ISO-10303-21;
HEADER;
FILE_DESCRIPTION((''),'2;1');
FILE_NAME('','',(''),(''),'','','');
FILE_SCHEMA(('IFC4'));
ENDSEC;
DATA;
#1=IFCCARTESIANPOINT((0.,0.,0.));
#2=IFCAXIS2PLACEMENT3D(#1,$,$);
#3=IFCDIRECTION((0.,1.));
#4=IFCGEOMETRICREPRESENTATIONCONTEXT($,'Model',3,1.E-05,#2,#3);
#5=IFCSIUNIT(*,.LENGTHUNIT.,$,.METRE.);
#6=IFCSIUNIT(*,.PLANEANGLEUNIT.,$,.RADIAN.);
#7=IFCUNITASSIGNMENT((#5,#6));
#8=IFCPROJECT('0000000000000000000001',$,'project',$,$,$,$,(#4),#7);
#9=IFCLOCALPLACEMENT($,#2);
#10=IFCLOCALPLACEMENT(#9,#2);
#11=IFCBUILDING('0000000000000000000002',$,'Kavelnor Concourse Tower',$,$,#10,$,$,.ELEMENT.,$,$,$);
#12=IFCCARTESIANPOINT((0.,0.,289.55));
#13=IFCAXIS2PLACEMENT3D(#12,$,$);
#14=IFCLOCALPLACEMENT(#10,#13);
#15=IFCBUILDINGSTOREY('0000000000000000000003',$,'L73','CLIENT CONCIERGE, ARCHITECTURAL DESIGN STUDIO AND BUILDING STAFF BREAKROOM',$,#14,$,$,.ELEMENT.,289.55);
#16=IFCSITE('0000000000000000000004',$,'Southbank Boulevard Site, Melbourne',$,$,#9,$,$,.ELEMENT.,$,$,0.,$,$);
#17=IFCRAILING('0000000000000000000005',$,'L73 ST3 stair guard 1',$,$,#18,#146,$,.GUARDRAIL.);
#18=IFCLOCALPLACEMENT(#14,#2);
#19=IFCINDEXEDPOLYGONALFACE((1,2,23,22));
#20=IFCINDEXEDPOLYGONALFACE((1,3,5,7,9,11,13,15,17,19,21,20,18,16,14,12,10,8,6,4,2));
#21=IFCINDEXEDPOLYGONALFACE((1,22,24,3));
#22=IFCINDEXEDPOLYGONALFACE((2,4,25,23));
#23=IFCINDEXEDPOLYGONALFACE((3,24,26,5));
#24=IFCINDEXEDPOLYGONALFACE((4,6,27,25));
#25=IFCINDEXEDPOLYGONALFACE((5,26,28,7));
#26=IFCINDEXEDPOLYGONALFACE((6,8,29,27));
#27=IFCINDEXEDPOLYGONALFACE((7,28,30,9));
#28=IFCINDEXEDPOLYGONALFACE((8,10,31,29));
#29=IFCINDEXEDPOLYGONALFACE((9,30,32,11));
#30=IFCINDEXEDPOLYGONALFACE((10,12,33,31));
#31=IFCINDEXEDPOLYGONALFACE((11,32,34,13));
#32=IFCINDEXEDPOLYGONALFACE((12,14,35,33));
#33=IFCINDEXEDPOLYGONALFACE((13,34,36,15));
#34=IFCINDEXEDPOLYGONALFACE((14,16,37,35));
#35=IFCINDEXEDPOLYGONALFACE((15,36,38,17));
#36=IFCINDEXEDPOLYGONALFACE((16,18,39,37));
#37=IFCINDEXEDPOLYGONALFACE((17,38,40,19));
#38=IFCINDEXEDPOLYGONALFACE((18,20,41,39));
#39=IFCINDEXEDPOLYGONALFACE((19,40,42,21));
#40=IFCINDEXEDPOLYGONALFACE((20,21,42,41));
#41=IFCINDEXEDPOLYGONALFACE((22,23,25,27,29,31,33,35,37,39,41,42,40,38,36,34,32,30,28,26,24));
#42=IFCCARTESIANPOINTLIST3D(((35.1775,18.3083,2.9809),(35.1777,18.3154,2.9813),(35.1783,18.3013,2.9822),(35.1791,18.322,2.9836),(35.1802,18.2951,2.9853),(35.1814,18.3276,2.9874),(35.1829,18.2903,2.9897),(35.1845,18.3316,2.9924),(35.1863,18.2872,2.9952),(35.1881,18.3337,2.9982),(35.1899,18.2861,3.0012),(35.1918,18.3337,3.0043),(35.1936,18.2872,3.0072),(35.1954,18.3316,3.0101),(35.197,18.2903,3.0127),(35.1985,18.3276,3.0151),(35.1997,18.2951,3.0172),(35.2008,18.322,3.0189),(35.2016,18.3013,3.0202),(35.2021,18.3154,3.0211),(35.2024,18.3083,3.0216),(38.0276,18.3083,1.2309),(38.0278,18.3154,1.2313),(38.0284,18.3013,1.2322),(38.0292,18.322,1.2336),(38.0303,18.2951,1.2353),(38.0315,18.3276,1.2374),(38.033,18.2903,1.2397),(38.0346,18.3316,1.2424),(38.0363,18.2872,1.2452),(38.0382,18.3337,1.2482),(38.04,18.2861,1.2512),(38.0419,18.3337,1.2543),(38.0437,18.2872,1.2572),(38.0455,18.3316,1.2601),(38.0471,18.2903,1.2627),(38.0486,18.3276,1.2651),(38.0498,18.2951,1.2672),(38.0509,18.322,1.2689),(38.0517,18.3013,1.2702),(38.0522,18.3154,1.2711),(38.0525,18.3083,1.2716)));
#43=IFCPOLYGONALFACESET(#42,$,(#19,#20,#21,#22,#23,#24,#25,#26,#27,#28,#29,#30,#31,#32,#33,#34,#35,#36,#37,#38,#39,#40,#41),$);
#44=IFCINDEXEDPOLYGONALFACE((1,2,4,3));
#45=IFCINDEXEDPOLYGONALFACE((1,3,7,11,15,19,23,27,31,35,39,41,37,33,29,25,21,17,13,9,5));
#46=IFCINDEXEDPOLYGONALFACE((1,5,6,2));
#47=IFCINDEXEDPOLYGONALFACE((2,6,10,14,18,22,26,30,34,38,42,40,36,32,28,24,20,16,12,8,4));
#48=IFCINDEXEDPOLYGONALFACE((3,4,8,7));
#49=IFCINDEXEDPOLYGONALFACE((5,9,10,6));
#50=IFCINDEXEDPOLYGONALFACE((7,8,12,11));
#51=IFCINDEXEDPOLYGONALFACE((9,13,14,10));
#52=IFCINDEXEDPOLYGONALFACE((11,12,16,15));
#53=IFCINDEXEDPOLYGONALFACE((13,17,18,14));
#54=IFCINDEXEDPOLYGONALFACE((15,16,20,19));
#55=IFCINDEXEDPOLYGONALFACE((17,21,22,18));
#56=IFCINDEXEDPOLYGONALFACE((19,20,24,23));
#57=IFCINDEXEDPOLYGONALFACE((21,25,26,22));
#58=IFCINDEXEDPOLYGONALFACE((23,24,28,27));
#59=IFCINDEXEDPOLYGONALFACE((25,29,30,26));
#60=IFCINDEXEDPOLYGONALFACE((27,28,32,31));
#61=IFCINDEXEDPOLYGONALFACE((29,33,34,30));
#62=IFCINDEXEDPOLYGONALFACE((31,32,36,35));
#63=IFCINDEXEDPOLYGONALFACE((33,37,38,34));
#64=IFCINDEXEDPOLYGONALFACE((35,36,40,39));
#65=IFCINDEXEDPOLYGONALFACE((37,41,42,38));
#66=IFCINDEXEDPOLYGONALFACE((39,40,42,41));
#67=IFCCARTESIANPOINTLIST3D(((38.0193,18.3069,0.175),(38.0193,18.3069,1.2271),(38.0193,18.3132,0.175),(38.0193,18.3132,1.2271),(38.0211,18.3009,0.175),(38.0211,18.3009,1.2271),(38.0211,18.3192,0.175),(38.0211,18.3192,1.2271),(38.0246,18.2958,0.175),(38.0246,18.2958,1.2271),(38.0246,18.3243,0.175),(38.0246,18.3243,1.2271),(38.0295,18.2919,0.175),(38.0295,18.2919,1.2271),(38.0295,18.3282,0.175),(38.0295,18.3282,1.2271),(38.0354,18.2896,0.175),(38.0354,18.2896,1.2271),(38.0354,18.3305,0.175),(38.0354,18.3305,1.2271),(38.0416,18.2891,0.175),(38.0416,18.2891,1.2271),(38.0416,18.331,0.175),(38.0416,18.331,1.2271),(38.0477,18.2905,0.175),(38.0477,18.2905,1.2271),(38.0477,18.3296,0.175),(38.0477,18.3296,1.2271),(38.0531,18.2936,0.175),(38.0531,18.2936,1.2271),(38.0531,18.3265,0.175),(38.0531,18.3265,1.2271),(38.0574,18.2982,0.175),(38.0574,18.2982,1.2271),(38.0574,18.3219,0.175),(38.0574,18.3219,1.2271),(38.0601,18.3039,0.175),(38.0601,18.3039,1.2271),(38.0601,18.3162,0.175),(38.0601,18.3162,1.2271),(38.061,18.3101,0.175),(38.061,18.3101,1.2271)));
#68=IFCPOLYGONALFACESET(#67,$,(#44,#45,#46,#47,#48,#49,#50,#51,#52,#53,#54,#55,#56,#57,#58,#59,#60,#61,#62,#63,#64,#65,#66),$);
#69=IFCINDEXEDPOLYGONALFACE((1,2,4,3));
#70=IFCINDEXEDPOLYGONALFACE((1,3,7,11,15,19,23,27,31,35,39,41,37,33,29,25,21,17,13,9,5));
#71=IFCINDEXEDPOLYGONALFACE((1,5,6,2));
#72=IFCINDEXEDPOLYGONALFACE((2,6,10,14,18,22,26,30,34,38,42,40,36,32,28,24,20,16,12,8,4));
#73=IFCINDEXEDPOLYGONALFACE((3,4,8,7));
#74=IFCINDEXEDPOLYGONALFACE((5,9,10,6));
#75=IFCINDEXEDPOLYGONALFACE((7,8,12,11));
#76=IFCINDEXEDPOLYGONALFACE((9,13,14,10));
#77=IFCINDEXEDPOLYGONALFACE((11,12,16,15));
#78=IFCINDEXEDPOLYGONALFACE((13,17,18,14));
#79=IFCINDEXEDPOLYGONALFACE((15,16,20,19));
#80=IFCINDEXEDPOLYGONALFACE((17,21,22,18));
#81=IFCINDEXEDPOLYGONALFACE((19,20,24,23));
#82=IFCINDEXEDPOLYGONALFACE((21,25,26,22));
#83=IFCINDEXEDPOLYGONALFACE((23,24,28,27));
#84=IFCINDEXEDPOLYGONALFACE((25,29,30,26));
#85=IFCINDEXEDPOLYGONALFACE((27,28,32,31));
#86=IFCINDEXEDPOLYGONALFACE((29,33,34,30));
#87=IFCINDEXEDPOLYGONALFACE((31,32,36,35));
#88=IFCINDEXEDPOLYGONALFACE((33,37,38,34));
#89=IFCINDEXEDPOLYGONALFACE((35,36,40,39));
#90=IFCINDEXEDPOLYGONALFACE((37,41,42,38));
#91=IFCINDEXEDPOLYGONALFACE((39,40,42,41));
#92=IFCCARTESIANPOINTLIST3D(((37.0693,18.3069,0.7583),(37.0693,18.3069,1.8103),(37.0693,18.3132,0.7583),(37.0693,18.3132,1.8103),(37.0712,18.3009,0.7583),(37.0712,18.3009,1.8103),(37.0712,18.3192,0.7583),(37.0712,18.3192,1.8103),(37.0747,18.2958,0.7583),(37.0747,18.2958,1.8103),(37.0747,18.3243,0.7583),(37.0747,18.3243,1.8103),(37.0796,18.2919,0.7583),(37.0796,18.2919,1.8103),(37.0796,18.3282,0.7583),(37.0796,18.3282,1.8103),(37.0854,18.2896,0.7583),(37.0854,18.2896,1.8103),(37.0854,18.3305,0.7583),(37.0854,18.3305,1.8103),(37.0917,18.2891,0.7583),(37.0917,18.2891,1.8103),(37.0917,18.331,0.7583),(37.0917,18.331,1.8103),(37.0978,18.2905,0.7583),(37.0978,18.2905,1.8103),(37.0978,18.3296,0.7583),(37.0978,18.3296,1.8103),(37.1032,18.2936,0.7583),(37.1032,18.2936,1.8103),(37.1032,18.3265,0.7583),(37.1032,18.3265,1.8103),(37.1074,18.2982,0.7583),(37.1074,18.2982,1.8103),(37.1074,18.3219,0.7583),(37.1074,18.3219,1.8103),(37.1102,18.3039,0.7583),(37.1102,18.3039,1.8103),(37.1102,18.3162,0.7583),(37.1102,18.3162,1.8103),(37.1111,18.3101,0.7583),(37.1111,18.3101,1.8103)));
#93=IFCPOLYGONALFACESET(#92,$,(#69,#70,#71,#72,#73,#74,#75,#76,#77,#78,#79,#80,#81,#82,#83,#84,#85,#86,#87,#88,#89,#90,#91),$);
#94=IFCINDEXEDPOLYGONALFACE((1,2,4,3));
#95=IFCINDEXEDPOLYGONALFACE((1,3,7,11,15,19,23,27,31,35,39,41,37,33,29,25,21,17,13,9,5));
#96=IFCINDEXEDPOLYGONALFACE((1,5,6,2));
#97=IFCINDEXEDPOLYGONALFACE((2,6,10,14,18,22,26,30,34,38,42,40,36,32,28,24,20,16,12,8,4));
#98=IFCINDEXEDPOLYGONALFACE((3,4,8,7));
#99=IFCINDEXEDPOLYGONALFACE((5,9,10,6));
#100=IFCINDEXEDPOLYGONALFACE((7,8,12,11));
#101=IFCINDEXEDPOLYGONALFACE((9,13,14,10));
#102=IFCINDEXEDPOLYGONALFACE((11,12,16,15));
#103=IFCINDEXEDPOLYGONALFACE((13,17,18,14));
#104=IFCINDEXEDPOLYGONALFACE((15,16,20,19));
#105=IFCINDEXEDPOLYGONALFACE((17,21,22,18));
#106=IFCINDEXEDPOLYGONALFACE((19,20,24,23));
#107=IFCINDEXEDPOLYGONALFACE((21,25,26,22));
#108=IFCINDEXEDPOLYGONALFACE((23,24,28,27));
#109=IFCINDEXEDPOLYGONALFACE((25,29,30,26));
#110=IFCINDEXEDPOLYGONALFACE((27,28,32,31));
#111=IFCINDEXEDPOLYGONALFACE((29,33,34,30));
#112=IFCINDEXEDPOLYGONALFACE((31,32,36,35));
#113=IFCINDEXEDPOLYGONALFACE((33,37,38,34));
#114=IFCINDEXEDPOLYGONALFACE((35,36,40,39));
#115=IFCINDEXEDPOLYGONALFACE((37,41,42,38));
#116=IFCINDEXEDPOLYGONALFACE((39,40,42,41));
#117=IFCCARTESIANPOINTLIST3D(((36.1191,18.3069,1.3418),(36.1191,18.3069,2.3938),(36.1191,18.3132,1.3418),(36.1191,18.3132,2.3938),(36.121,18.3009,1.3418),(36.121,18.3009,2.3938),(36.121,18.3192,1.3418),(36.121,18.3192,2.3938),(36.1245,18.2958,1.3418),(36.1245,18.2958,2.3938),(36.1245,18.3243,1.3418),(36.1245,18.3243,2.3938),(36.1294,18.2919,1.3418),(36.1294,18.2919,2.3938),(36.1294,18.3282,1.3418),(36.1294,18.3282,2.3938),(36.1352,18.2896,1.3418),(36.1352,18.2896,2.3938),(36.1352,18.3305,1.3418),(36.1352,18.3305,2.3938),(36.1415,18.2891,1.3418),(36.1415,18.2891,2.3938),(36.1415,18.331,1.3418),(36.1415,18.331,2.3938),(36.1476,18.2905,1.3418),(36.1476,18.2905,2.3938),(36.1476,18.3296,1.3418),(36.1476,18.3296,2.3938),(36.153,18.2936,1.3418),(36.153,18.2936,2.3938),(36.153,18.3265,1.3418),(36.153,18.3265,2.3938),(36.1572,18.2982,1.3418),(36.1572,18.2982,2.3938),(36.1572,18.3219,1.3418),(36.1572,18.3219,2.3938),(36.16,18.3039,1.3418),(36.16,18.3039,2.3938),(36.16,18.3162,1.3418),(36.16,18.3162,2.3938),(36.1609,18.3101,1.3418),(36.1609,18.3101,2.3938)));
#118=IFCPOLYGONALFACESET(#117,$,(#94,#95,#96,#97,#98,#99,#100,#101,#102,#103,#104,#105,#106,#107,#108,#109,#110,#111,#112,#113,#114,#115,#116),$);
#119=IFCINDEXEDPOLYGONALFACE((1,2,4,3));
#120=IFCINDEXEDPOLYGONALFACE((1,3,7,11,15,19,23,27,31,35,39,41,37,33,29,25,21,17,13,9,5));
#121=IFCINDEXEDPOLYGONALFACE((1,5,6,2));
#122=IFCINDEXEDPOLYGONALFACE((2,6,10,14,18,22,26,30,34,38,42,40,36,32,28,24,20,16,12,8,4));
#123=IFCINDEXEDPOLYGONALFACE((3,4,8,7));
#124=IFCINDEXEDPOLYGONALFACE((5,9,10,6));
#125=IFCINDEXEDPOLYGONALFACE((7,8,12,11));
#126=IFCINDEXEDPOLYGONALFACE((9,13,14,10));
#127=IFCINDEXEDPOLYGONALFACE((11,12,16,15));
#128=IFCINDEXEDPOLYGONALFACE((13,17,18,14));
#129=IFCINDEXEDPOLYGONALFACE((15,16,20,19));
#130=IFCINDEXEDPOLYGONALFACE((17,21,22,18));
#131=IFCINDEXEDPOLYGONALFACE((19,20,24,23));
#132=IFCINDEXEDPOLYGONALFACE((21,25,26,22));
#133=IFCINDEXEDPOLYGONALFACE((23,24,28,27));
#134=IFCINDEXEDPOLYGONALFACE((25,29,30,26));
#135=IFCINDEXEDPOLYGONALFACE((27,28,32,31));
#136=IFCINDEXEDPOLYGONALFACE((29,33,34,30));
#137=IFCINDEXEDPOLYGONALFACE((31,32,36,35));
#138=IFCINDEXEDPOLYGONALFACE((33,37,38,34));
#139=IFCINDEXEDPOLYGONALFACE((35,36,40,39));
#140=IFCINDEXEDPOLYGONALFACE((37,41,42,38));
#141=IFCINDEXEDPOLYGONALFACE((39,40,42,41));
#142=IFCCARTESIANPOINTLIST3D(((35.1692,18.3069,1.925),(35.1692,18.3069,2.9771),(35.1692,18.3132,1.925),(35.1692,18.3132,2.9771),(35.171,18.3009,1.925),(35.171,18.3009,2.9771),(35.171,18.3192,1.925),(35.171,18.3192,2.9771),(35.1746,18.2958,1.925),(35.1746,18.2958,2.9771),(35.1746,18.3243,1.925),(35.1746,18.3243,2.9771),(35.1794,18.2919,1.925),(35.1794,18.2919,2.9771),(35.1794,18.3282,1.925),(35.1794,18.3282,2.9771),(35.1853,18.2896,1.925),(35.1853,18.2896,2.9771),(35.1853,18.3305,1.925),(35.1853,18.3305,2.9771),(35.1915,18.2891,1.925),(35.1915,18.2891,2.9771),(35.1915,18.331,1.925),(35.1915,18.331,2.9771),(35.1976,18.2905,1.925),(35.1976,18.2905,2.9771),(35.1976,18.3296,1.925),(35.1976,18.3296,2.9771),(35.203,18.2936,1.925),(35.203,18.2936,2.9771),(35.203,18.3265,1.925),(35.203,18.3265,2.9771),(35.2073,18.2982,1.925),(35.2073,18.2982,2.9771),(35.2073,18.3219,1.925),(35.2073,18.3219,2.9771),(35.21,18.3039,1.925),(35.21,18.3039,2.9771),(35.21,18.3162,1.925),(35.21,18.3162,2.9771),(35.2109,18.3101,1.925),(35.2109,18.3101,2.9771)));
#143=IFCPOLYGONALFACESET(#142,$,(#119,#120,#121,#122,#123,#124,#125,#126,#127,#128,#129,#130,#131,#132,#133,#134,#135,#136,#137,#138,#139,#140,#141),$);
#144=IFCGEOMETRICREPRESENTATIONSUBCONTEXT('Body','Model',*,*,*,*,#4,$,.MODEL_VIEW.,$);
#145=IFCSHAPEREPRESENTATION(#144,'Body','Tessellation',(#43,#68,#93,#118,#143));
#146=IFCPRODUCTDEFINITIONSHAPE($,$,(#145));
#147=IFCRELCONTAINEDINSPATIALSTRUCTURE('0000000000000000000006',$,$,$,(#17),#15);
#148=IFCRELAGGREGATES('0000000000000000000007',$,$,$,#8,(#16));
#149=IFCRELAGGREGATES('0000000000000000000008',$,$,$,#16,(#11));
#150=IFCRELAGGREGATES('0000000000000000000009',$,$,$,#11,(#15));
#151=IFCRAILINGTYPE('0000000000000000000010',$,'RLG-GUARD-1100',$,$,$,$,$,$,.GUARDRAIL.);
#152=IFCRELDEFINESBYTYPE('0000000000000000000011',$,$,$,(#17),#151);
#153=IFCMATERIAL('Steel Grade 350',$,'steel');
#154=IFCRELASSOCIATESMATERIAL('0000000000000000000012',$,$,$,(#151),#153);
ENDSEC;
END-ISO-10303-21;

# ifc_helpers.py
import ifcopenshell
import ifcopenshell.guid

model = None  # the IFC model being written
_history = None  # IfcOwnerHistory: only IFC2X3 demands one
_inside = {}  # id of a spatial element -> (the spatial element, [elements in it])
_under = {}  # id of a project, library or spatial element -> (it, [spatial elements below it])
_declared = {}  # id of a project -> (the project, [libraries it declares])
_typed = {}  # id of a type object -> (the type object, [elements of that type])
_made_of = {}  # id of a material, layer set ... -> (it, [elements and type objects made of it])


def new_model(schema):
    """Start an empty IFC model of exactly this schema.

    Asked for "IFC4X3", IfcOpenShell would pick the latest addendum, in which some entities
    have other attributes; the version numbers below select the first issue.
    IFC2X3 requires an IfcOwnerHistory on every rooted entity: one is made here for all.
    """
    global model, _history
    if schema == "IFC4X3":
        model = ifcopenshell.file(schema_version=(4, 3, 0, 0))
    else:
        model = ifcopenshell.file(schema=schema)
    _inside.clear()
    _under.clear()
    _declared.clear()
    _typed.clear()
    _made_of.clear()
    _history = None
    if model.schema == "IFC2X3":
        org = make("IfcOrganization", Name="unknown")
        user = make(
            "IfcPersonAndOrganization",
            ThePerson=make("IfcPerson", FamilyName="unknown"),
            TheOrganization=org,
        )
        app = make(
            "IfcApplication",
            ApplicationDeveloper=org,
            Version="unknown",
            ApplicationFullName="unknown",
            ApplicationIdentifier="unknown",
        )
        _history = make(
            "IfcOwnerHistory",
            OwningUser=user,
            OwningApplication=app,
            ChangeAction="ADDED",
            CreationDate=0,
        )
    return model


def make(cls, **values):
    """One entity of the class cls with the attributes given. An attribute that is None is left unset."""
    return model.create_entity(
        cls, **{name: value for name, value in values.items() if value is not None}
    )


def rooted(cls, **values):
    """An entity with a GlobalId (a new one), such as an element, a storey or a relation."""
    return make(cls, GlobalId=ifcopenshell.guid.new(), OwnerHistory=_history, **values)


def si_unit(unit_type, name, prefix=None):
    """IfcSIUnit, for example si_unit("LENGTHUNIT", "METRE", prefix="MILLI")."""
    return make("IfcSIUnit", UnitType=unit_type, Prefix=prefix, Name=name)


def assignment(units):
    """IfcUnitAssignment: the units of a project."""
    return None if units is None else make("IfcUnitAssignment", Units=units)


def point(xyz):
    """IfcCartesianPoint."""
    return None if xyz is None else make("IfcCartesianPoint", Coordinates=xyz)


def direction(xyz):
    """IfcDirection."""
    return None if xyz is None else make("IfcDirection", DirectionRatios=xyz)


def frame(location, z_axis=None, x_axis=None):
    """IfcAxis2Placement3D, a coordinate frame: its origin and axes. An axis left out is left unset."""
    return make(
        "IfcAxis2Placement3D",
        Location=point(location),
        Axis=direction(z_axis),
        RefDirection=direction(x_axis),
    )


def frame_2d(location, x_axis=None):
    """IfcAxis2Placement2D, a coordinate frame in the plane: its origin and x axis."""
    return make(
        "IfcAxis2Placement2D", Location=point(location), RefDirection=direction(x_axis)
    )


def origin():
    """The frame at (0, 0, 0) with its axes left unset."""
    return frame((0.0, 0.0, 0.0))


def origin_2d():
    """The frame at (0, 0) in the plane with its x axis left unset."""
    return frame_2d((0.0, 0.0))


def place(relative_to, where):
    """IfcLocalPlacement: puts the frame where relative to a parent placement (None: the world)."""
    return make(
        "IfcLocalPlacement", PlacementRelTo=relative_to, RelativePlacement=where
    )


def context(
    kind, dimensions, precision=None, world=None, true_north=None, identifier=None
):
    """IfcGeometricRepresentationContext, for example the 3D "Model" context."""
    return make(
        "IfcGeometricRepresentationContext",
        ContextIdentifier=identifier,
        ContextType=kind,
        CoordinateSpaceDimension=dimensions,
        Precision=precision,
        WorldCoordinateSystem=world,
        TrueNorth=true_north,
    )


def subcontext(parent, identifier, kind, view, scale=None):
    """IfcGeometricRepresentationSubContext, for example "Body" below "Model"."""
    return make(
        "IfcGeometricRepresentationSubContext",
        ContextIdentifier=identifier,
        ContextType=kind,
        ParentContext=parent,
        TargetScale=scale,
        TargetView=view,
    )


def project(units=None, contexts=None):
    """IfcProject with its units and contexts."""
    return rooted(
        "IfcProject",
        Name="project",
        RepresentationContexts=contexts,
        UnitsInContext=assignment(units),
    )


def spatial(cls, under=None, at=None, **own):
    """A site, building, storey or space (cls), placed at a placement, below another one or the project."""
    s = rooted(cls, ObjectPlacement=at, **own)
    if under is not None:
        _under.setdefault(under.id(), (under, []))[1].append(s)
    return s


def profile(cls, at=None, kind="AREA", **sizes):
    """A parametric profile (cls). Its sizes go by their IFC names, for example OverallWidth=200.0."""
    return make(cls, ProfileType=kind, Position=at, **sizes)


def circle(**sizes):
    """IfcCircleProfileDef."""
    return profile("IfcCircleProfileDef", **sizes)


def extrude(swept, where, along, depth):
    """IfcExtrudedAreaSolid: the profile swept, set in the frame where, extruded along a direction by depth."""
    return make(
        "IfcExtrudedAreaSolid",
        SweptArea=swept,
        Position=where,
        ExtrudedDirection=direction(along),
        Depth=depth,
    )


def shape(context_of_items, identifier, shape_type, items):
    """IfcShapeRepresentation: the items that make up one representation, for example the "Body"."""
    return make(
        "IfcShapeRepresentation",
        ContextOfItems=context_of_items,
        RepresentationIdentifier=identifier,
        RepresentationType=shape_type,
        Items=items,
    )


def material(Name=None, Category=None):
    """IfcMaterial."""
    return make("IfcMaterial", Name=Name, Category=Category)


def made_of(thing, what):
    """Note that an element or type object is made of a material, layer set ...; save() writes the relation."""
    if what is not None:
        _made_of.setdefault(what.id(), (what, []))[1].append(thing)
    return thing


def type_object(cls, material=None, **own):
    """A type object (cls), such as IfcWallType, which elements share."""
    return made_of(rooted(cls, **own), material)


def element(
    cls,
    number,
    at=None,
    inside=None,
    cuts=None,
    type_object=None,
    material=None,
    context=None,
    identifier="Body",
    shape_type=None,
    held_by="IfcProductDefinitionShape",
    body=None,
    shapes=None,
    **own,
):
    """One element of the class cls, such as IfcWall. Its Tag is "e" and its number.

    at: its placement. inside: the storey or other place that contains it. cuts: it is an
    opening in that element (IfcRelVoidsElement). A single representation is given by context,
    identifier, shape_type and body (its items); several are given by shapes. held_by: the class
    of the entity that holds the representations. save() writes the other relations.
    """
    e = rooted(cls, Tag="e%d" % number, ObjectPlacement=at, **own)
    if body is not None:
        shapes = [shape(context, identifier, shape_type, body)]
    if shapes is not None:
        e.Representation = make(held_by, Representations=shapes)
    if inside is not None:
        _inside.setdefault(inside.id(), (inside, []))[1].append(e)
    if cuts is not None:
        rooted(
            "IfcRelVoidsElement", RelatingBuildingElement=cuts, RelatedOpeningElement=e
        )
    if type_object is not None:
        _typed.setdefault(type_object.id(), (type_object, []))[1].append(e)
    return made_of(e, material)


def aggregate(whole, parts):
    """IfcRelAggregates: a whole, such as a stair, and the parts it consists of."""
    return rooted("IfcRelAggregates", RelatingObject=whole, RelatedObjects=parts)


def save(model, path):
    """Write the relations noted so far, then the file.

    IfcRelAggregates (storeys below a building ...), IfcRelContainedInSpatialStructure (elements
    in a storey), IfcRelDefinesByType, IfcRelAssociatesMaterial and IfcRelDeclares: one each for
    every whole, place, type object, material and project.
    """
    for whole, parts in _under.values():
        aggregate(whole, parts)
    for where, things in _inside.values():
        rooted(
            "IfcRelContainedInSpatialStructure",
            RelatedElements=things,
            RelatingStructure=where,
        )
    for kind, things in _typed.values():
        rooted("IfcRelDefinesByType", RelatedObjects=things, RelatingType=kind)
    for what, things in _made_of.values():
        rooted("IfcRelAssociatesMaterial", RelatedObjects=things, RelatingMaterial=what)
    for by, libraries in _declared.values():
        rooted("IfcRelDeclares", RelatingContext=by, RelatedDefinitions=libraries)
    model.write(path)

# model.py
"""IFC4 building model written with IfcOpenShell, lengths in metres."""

from ifc_helpers import new_model, si_unit, direction, frame, origin, origin_2d, place, context, subcontext, project, spatial, circle, extrude, material, type_object, element, save


model = new_model("IFC4")

# Units and contexts
model_context = context("Model", 3, precision=1e-05, world=origin(), true_north=direction((0.0, 1.0)))
body_context = subcontext(model_context, "Body", "Model", "MODEL_VIEW")
ifc_project = project(units=[si_unit("LENGTHUNIT", "METRE"), si_unit("PLANEANGLEUNIT", "RADIAN")], contexts=[model_context])

# Site, building, storey
site_placement = place(None, origin())
site = spatial("IfcSite", under=ifc_project, at=site_placement, Name="Southbank Boulevard Site, Melbourne", CompositionType="ELEMENT", RefElevation=0.0)
building_placement = place(site_placement, origin())
building = spatial("IfcBuilding", under=site, at=building_placement, Name="Kavelnor Concourse Tower", CompositionType="ELEMENT")
storey_placement = place(building_placement, frame((0.0, 0.0, 289.55)))
storey = spatial("IfcBuildingStorey", under=building, at=storey_placement, Name="L73", Description="CLIENT CONCIERGE, ARCHITECTURAL DESIGN STUDIO AND BUILDING STAFF BREAKROOM", CompositionType="ELEMENT", Elevation=289.55)

# Shared definitions
ifc_material_1 = material(Name="Steel Grade 350", Category="steel")

# Railing
railing_type_1 = type_object("IfcRailingType", Name="RLG-GUARD-1100", PredefinedType="GUARDRAIL", material=ifc_material_1)
railing_1_placement = place(storey_placement, frame((38.04, 18.3101, 0.175)))
element("IfcRailing", 1, at=railing_1_placement, inside=storey, type_object=railing_type_1, Name="L73 ST3 stair guard 1", PredefinedType="GUARDRAIL", context=body_context, shape_type="SweptSolid", body=[
    extrude(circle(Radius=0.0239, at=origin_2d()), frame((0.0, 0.0, 1.0762), z_axis=(-0.852179, 0.0, 0.52325), x_axis=(0.0, -1.0, 0.0)), (0.0, 0.0, 1.0), 3.3445),
    extrude(circle(Radius=0.021, at=origin_2d()), origin(), (0.0, 0.0, 1.0), 1.052),
    extrude(circle(Radius=0.021, at=origin_2d()), frame((-0.95, 0.0, 0.5833)), (0.0, 0.0, 1.0), 1.052),
    extrude(circle(Radius=0.021, at=origin_2d()), frame((-1.9001, 0.0, 1.1667)), (0.0, 0.0, 1.0), 1.052),
    extrude(circle(Radius=0.021, at=origin_2d()), frame((-2.8501, 0.0, 1.75)), (0.0, 0.0, 1.0), 1.052),
])

save(model, "model.ifc")
